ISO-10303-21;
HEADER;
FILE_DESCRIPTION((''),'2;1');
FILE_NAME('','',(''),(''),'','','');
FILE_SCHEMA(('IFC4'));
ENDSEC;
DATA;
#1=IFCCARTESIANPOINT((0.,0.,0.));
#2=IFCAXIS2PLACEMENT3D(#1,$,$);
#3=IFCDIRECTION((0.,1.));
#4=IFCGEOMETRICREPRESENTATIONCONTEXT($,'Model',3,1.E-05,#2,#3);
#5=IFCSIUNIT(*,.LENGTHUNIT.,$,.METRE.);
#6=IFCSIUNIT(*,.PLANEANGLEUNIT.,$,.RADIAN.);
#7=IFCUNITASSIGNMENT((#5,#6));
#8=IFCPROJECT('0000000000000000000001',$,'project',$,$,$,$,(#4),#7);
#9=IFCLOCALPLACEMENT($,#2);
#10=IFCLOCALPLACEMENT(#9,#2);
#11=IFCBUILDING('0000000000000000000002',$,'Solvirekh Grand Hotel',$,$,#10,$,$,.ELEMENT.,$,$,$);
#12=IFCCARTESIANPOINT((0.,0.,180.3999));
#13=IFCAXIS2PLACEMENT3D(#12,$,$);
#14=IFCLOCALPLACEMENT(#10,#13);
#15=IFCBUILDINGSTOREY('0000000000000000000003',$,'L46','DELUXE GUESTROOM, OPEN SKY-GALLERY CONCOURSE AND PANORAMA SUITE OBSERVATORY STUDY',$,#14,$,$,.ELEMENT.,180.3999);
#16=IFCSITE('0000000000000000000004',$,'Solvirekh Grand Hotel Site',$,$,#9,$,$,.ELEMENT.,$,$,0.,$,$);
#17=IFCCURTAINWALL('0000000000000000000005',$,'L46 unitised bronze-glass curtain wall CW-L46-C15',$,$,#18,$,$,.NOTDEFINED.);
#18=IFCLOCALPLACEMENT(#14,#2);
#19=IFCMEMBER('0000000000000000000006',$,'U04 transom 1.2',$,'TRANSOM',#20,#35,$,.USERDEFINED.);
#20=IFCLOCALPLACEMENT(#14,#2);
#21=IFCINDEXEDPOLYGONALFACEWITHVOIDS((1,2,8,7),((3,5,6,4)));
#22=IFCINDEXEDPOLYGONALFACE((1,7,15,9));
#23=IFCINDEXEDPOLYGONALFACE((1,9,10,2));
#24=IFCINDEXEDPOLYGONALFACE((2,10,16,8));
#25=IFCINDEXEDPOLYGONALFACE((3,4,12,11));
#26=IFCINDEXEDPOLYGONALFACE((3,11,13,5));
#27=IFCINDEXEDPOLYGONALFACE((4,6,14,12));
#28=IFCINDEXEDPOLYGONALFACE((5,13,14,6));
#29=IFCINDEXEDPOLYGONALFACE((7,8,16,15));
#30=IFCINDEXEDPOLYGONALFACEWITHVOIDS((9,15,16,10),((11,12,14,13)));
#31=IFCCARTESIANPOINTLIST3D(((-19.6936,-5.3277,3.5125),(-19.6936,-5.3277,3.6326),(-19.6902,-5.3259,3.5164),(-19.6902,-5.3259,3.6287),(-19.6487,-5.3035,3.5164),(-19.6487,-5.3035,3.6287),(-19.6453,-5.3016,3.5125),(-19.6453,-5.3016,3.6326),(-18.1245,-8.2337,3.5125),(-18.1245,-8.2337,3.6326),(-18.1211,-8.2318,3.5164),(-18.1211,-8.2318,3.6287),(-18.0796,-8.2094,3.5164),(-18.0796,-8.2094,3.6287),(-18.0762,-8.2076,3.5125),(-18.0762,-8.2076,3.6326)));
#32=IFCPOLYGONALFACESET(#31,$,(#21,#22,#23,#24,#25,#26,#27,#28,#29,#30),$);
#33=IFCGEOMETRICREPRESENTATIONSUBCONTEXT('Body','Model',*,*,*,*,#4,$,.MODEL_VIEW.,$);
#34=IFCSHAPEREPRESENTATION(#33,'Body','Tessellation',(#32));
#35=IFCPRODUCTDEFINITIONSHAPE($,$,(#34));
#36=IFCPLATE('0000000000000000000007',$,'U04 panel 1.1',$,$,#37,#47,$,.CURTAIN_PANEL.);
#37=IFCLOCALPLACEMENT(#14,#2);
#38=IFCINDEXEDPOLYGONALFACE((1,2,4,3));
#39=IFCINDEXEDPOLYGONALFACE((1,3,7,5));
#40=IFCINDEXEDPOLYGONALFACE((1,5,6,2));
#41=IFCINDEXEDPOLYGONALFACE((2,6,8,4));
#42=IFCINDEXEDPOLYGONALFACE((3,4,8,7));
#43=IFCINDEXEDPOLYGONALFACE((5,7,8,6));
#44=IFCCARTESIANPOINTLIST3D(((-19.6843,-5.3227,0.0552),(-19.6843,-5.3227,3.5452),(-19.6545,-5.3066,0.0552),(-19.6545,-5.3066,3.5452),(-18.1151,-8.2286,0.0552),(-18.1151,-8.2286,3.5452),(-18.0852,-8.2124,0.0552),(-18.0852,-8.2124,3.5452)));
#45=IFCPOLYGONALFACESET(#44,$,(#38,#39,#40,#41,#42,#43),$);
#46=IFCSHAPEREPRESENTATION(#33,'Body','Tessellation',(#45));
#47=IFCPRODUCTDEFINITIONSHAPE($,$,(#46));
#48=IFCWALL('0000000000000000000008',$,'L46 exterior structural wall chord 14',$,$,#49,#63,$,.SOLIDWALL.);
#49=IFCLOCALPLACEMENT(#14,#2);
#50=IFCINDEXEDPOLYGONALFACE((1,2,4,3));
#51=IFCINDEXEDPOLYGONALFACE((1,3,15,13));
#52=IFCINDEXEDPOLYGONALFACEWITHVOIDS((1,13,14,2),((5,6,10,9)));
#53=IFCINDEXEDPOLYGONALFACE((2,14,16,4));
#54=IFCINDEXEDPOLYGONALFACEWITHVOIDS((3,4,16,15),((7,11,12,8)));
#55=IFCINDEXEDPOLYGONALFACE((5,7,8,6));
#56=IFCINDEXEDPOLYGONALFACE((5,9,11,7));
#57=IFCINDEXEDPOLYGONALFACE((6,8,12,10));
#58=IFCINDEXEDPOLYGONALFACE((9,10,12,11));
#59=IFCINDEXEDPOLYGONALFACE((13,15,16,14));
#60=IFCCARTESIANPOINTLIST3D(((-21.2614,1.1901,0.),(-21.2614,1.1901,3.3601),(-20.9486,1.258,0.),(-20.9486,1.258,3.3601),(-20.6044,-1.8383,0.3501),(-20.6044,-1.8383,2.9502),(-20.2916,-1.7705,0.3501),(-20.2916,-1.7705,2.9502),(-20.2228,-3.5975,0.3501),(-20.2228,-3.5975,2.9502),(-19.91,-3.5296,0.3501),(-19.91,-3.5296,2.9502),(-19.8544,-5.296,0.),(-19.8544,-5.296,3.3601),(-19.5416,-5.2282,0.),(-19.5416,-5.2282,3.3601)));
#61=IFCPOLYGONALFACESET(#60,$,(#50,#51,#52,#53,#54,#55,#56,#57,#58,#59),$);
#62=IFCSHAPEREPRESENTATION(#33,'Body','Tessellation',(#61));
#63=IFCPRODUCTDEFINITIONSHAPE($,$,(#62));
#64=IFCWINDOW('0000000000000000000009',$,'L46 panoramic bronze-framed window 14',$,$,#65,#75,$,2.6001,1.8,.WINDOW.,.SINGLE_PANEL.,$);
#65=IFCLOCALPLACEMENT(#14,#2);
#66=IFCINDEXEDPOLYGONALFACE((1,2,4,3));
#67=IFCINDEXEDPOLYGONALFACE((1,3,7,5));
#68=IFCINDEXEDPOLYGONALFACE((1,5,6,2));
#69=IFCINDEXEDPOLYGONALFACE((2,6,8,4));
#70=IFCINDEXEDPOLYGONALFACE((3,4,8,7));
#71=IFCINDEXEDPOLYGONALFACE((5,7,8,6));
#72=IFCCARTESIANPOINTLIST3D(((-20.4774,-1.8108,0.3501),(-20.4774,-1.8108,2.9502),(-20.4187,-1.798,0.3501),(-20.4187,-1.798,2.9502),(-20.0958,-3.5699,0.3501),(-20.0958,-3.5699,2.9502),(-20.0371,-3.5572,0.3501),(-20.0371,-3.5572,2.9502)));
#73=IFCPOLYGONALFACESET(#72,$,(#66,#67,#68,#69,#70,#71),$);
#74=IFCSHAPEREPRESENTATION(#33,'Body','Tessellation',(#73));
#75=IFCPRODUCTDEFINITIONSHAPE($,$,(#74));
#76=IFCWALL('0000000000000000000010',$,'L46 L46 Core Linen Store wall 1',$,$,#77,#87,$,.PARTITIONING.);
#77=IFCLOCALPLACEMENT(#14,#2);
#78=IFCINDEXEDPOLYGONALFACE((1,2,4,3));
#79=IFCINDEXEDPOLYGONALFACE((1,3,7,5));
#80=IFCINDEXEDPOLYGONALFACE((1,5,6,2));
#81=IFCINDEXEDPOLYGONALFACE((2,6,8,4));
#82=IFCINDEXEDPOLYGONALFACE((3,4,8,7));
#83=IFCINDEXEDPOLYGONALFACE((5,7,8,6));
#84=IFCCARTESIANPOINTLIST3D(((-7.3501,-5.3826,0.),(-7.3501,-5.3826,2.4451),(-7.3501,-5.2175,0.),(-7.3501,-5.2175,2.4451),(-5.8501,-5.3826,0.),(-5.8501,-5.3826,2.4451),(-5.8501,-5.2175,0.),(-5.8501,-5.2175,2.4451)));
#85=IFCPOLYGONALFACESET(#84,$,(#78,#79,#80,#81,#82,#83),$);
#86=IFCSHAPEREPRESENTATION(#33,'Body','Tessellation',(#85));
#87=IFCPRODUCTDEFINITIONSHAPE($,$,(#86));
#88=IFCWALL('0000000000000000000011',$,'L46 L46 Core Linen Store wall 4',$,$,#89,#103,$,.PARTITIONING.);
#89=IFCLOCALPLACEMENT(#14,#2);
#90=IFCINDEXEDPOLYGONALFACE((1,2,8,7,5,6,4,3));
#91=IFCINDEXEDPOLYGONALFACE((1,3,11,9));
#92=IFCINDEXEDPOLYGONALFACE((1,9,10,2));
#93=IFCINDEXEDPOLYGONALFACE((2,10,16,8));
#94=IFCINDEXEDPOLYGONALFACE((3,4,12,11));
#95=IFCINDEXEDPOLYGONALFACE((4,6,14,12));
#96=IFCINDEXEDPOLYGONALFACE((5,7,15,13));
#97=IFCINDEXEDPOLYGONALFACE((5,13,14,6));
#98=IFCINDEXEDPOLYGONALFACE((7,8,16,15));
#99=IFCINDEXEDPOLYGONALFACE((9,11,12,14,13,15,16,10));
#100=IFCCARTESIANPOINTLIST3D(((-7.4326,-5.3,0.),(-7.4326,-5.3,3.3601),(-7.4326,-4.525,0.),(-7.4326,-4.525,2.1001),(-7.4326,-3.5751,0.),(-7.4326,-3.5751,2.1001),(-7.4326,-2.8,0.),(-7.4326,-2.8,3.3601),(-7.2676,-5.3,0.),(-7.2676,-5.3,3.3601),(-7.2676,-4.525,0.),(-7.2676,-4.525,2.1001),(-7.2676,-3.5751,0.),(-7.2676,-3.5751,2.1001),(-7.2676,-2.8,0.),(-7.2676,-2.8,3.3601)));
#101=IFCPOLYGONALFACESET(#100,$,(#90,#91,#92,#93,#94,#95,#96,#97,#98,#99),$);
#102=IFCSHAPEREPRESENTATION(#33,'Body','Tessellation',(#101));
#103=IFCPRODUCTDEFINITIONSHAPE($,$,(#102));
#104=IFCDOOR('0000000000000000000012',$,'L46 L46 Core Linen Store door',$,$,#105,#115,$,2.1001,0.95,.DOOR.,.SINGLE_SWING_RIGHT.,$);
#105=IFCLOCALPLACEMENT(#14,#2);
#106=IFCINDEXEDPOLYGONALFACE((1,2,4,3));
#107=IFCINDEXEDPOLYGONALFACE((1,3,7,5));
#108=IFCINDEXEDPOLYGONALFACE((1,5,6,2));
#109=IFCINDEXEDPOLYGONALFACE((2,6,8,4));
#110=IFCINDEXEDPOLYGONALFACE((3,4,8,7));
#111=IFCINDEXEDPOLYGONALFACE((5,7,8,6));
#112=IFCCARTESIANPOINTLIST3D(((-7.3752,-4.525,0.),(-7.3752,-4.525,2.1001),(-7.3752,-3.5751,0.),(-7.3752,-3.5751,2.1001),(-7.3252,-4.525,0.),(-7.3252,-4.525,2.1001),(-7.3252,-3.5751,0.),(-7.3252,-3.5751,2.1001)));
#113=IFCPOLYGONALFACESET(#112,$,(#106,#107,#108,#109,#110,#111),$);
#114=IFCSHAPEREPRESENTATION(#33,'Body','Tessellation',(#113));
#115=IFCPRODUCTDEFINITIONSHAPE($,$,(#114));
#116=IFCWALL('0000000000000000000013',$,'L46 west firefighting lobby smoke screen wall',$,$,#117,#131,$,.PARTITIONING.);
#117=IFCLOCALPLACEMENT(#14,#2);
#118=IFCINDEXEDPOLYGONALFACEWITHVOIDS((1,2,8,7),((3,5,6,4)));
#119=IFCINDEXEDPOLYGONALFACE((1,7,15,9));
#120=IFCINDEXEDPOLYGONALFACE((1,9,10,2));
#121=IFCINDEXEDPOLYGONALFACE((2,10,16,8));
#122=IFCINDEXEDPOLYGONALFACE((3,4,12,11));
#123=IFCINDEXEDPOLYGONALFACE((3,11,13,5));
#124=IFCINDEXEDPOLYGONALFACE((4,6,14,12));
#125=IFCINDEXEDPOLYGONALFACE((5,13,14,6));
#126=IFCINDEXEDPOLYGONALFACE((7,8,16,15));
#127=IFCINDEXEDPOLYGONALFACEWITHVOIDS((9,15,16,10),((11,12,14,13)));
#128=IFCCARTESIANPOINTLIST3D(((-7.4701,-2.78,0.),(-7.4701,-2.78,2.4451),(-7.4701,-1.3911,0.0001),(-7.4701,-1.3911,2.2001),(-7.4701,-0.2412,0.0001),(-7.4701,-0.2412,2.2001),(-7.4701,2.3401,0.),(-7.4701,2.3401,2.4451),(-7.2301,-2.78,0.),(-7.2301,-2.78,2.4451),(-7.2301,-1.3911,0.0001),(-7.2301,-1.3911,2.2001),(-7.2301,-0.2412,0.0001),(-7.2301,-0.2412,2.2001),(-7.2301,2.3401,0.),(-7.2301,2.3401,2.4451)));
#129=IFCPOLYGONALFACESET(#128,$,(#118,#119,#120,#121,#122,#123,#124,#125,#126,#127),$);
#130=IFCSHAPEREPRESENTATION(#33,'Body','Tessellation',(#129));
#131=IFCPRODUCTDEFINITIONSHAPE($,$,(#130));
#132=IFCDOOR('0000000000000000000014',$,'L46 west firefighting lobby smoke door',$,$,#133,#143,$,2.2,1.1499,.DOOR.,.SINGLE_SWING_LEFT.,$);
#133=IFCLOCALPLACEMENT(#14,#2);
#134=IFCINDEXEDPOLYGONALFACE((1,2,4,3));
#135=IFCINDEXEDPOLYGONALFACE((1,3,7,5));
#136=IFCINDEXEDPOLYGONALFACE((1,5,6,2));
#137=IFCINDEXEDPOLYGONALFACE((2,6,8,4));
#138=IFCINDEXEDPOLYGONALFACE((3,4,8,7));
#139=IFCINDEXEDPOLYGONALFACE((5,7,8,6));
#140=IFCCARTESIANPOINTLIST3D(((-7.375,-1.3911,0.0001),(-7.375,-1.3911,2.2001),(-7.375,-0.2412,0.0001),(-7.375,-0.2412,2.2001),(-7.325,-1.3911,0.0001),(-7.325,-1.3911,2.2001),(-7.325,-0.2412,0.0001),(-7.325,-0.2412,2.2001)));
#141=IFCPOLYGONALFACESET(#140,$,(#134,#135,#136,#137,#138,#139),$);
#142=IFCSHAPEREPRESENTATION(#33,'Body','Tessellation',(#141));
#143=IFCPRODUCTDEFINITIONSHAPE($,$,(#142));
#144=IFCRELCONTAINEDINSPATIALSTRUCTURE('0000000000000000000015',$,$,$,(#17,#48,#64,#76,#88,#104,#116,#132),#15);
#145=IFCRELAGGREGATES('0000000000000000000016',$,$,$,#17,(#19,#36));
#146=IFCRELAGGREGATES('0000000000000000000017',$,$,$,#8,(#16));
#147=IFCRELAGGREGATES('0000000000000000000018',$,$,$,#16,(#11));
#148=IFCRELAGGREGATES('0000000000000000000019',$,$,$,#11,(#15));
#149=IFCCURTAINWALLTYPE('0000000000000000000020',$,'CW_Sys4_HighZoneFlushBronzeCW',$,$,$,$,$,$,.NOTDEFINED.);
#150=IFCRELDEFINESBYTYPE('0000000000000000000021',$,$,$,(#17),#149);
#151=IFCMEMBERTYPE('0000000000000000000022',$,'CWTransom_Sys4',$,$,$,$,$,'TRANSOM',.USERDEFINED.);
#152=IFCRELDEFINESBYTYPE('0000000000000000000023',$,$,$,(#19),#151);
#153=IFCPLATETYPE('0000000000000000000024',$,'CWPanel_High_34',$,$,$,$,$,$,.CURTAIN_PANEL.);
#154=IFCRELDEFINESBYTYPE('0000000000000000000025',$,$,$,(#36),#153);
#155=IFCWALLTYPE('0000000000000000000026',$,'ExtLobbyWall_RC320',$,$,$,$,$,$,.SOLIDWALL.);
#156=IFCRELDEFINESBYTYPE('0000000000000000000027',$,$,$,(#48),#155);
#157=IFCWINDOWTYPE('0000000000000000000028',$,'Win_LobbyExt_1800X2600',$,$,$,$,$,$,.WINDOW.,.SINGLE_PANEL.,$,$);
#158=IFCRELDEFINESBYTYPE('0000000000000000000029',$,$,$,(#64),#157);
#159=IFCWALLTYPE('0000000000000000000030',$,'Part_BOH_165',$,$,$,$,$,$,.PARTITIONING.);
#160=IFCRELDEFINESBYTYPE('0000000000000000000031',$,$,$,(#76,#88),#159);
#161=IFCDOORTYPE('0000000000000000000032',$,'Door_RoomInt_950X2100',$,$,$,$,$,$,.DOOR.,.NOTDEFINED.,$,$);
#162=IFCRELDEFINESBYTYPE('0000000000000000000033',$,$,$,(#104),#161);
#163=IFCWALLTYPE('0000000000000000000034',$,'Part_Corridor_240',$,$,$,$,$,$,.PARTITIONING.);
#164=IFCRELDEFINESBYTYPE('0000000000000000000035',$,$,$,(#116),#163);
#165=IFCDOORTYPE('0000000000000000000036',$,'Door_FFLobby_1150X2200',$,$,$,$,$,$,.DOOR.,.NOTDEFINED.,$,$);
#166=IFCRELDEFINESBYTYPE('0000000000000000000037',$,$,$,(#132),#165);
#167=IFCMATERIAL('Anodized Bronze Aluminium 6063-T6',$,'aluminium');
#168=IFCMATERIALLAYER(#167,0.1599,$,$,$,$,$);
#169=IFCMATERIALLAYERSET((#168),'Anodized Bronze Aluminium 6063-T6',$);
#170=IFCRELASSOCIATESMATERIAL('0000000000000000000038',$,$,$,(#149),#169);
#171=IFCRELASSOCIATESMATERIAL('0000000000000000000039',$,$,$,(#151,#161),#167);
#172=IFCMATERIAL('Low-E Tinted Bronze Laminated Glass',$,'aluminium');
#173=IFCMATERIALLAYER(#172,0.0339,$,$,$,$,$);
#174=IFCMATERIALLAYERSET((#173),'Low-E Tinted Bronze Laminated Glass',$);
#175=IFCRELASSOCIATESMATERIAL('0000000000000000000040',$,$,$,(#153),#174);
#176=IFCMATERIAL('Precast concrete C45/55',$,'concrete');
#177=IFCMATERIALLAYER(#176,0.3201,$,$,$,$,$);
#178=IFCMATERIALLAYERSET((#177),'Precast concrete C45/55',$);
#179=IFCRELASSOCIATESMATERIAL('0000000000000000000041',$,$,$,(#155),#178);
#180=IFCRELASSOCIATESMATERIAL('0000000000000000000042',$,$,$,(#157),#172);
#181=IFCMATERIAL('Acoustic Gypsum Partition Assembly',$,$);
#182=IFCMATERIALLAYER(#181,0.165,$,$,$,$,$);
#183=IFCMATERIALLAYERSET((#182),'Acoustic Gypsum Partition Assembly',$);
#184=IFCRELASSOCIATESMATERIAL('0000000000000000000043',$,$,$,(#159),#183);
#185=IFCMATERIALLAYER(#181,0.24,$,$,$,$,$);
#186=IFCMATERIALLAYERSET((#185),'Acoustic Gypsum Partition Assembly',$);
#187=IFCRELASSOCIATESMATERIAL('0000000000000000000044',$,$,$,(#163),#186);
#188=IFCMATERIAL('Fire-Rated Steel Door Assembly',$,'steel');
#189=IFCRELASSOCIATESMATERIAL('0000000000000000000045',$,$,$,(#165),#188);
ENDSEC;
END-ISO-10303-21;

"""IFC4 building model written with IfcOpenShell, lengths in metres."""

from ifc_helpers import new_model, si_unit, direction, frame, frame_2d, origin, origin_2d, place, context, subcontext, project, spatial, rectangle, hollow_rectangle, extrude, source, transform, mapped, material, layer, layer_set, material_profile, profile_set, type_object, element, fill, aggregate, save


model = new_model("IFC4")

# Units and contexts
model_context = context("Model", 3, precision=1e-05, world=origin(), true_north=direction((0.0, 1.0)))
body_context = subcontext(model_context, "Body", "Model", "MODEL_VIEW")
ifc_project = project(units=[si_unit("LENGTHUNIT", "METRE"), si_unit("PLANEANGLEUNIT", "RADIAN")], contexts=[model_context])

# Site, building, storey
site_placement = place(None, origin())
site = spatial("IfcSite", under=ifc_project, at=site_placement, Name="Solvirekh Grand Hotel Site", CompositionType="ELEMENT", RefElevation=0.0)
building_placement = place(site_placement, origin())
building = spatial("IfcBuilding", under=site, at=building_placement, Name="Solvirekh Grand Hotel", CompositionType="ELEMENT")
storey_placement = place(building_placement, frame((0.0, 0.0, 180.3999)))
storey = spatial("IfcBuildingStorey", under=building, at=storey_placement, Name="L46", Description="DELUXE GUESTROOM, OPEN SKY-GALLERY CONCOURSE AND PANORAMA SUITE OBSERVATORY STUDY", CompositionType="ELEMENT", Elevation=180.3999)

# Curtain wall, member, plate
ifc_material_1 = material(Name="Anodized Bronze Aluminium 6063-T6", Category="aluminium")
ifc_layer_1 = layer(ifc_material_1, 0.1599)
ifc_layer_set_1 = layer_set([ifc_layer_1], Name="Anodized Bronze Aluminium 6063-T6")
curtain_wall_type = type_object("IfcCurtainWallType", Name="CW_Sys4_HighZoneFlushBronzeCW", PredefinedType="NOTDEFINED", material=ifc_layer_set_1)
curtain_wall_placement = place(storey_placement, origin())
curtain_wall = element("IfcCurtainWall", 1, at=curtain_wall_placement, inside=storey, type_object=curtain_wall_type, Name="L46 unitised bronze-glass curtain wall CW-L46-C15", PredefinedType="NOTDEFINED")
ifc_material_profile_1 = material_profile(ifc_material_1, hollow_rectangle(XDim=0.0549, YDim=0.1201, WallThickness=0.0039, at=origin_2d()), Name="ALU RHS 120X55X4")
ifc_profile_set_1 = profile_set([ifc_material_profile_1], Name="Anodized Bronze Aluminium 6063-T6")
member_type_1 = type_object("IfcMemberType", Name="CWTransom_Sys4", ElementType="TRANSOM", PredefinedType="USERDEFINED", material=ifc_profile_set_1)
shared_shape_1 = source(origin(), body_context, "Body", "SweptSolid", [
    extrude(hollow_rectangle(XDim=0.0549, YDim=0.1201, WallThickness=0.0039, at=origin_2d()), origin(), (0.0, 0.0, 1.0), 3.3025),
])
member_1_placement = place(storey_placement, frame((-19.6694, -5.3147, 3.5725), z_axis=(0.475113, -0.879925, 0.0), x_axis=(0.879925, 0.475113, 0.0)))
member_1 = element("IfcMember", 2, at=member_1_placement, type_object=member_type_1, Name="U04 transom 1.2", ObjectType="TRANSOM", PredefinedType="USERDEFINED", context=body_context, shape_type="MappedRepresentation", body=[
    mapped(shared_shape_1, transform((0.0, 0.0, 0.0), x_axis=(1.0, 0.0, 0.0), y_axis=(0.0, 1.0, 0.0), z_axis=(0.0, 0.0, 1.0), scale=1.0)),
])
ifc_material_2 = material(Name="Low-E Tinted Bronze Laminated Glass", Category="aluminium")
ifc_layer_2 = layer(ifc_material_2, 0.0339)
ifc_layer_set_2 = layer_set([ifc_layer_2], Name="Low-E Tinted Bronze Laminated Glass")
plate_type = type_object("IfcPlateType", Name="CWPanel_High_34", PredefinedType="CURTAIN_PANEL", material=ifc_layer_set_2)
shared_shape_2 = source(origin(), body_context, "Body", "SweptSolid", [
    extrude(rectangle(XDim=3.3025, YDim=0.0339, at=origin_2d()), origin(), (0.0, 0.0, 1.0), 3.49),
])
plate_placement = place(storey_placement, frame((-18.8848, -6.7676, 0.0552), z_axis=(0.0, 0.0, 1.0), x_axis=(0.475172, -0.879893, 0.0)))
plate = element("IfcPlate", 3, at=plate_placement, type_object=plate_type, Name="U04 panel 1.1", PredefinedType="CURTAIN_PANEL", context=body_context, shape_type="MappedRepresentation", body=[
    mapped(shared_shape_2, transform((0.0, 0.0, 0.0), x_axis=(1.0, 0.0, 0.0), y_axis=(0.0, 1.0, 0.0), z_axis=(0.0, 0.0, 1.0), scale=1.0)),
])
aggregate(curtain_wall, [member_1, plate])

# Wall, opening, window
ifc_material_3 = material(Name="Precast concrete C45/55", Category="concrete")
ifc_layer_3 = layer(ifc_material_3, 0.3201)
ifc_layer_set_3 = layer_set([ifc_layer_3], Name="Precast concrete C45/55")
wall_type_1 = type_object("IfcWallType", Name="ExtLobbyWall_RC320", PredefinedType="SOLIDWALL", material=ifc_layer_set_3)
wall_1_placement = place(storey_placement, frame((-19.698, -5.262, 0.0), z_axis=(0.0, 0.0, 1.0), x_axis=(-0.211993, 0.977271, 0.0)))
wall_1 = element("IfcWall", 4, at=wall_1_placement, inside=storey, type_object=wall_type_1, Name="L46 exterior structural wall chord 14", PredefinedType="SOLIDWALL", context=body_context, shape_type="SweptSolid", body=[
    extrude(rectangle(XDim=6.637, YDim=0.3201, at=frame_2d((3.3184, 0.0))), origin(), (0.0, 0.0, 1.0), 3.3601),
])
opening_1_placement = place(wall_1_placement, frame((1.738, 0.0, 0.3501)))
opening_1 = element("IfcOpeningElement", 5, at=opening_1_placement, cuts=wall_1, PredefinedType="OPENING", context=body_context, shape_type="SweptSolid", body=[
    extrude(rectangle(XDim=1.8, YDim=2.6001, at=frame_2d((0.8999, 1.3))), frame((0.0, 0.1699, 0.0), z_axis=(0.0, -1.0, 0.0), x_axis=(1.0, 0.0, 0.0)), (0.0, 0.0, 1.0), 0.3401),
])
window_type = type_object("IfcWindowType", Name="Win_LobbyExt_1800X2600", PartitioningType="SINGLE_PANEL", PredefinedType="WINDOW", material=ifc_material_2)
window_placement = place(opening_1_placement, origin())
window = element("IfcWindow", 6, at=window_placement, inside=storey, type_object=window_type, Name="L46 panoramic bronze-framed window 14", OverallHeight=2.6001, OverallWidth=1.8, PartitioningType="SINGLE_PANEL", PredefinedType="WINDOW", context=body_context, shape_type="SweptSolid", body=[
    extrude(rectangle(XDim=1.8, YDim=2.6001, at=frame_2d((0.8999, 1.3))), frame((0.0, 0.03, 0.0), z_axis=(0.0, -1.0, 0.0), x_axis=(1.0, 0.0, 0.0)), (0.0, 0.0, 1.0), 0.0601),
])
fill(opening_1, window)

# Wall
ifc_material_4 = material(Name="Acoustic Gypsum Partition Assembly")
ifc_layer_4 = layer(ifc_material_4, 0.165)
ifc_layer_set_4 = layer_set([ifc_layer_4], Name="Acoustic Gypsum Partition Assembly")
wall_type_2 = type_object("IfcWallType", Name="Part_BOH_165", PredefinedType="PARTITIONING", material=ifc_layer_set_4)
wall_2_placement = place(storey_placement, frame((-7.3501, -5.3, 0.0), z_axis=(0.0, 0.0, 1.0), x_axis=(1.0, 0.0, 0.0)))
element("IfcWall", 7, at=wall_2_placement, inside=storey, type_object=wall_type_2, Name="L46 L46 Core Linen Store wall 1", PredefinedType="PARTITIONING", context=body_context, shape_type="SweptSolid", body=[
    extrude(rectangle(XDim=1.5, YDim=0.165, at=frame_2d((0.75, 0.0))), origin(), (0.0, 0.0, 1.0), 2.4451),
])

# Walls, openings, doors
wall_3_placement = place(storey_placement, frame((-7.3501, -2.8, 0.0), z_axis=(0.0, 0.0, 1.0), x_axis=(0.0, -1.0, 0.0)))
wall_3 = element("IfcWall", 8, at=wall_3_placement, inside=storey, type_object=wall_type_2, Name="L46 L46 Core Linen Store wall 4", PredefinedType="PARTITIONING", context=body_context, shape_type="SweptSolid", body=[
    extrude(rectangle(XDim=2.5, YDim=0.165, at=frame_2d((1.25, 0.0))), origin(), (0.0, 0.0, 1.0), 3.3601),
])
opening_2_placement = place(wall_3_placement, frame((0.7749, 0.0, 0.0)))
opening_2 = element("IfcOpeningElement", 9, at=opening_2_placement, cuts=wall_3, PredefinedType="OPENING", context=body_context, shape_type="SweptSolid", body=[
    extrude(rectangle(XDim=0.95, YDim=2.1001, at=frame_2d((0.4751, 1.05))), frame((0.0, 0.0925, 0.0), z_axis=(0.0, -1.0, 0.0), x_axis=(1.0, 0.0, 0.0)), (0.0, 0.0, 1.0), 0.1851),
])
door_type_1 = type_object("IfcDoorType", Name="Door_RoomInt_950X2100", OperationType="NOTDEFINED", PredefinedType="DOOR", material=ifc_material_1)
door_1_placement = place(opening_2_placement, origin())
door_1 = element("IfcDoor", 10, at=door_1_placement, inside=storey, type_object=door_type_1, Name="L46 L46 Core Linen Store door", OperationType="SINGLE_SWING_RIGHT", OverallHeight=2.1001, OverallWidth=0.95, PredefinedType="DOOR", context=body_context, shape_type="SweptSolid", body=[
    extrude(rectangle(XDim=0.95, YDim=2.1001, at=frame_2d((0.4751, 1.05))), frame((0.0, 0.0249, 0.0), z_axis=(0.0, -1.0, 0.0), x_axis=(1.0, 0.0, 0.0)), (0.0, 0.0, 1.0), 0.05),
])
fill(opening_2, door_1)
ifc_layer_5 = layer(ifc_material_4, 0.24)
ifc_layer_set_5 = layer_set([ifc_layer_5], Name="Acoustic Gypsum Partition Assembly")
wall_type_3 = type_object("IfcWallType", Name="Part_Corridor_240", PredefinedType="PARTITIONING", material=ifc_layer_set_5)
wall_4_placement = place(storey_placement, frame((-7.3501, -2.78, 0.0), z_axis=(0.0, 0.0, 1.0), x_axis=(0.0, 1.0, 0.0)))
wall_4 = element("IfcWall", 11, at=wall_4_placement, inside=storey, type_object=wall_type_3, Name="L46 west firefighting lobby smoke screen wall", PredefinedType="PARTITIONING", context=body_context, shape_type="SweptSolid", body=[
    extrude(rectangle(XDim=5.1201, YDim=0.24, at=frame_2d((2.5601, 0.0))), origin(), (0.0, 0.0, 1.0), 2.4451),
])
opening_3_placement = place(wall_4_placement, frame((1.3889, 0.0, 0.0)))
opening_3 = element("IfcOpeningElement", 12, at=opening_3_placement, cuts=wall_4, PredefinedType="OPENING", context=body_context, shape_type="SweptSolid", body=[
    extrude(rectangle(XDim=1.1499, YDim=2.2, at=frame_2d((0.575, 1.1001))), frame((0.0, 0.1299, 0.0), z_axis=(0.0, -1.0, 0.0), x_axis=(1.0, 0.0, 0.0)), (0.0, 0.0, 1.0), 0.26),
])
ifc_material_5 = material(Name="Fire-Rated Steel Door Assembly", Category="steel")
door_type_2 = type_object("IfcDoorType", Name="Door_FFLobby_1150X2200", OperationType="NOTDEFINED", PredefinedType="DOOR", material=ifc_material_5)
door_2_placement = place(opening_3_placement, origin())
door_2 = element("IfcDoor", 13, at=door_2_placement, inside=storey, type_object=door_type_2, Name="L46 west firefighting lobby smoke door", OperationType="SINGLE_SWING_LEFT", OverallHeight=2.2, OverallWidth=1.1499, PredefinedType="DOOR", context=body_context, shape_type="SweptSolid", body=[
    extrude(rectangle(XDim=1.1499, YDim=2.2, at=frame_2d((0.575, 1.1001))), frame((0.0, 0.0249, 0.0), z_axis=(0.0, -1.0, 0.0), x_axis=(1.0, 0.0, 0.0)), (0.0, 0.0, 1.0), 0.05),
])
fill(opening_3, door_2)

save(model, "model.ifc")
